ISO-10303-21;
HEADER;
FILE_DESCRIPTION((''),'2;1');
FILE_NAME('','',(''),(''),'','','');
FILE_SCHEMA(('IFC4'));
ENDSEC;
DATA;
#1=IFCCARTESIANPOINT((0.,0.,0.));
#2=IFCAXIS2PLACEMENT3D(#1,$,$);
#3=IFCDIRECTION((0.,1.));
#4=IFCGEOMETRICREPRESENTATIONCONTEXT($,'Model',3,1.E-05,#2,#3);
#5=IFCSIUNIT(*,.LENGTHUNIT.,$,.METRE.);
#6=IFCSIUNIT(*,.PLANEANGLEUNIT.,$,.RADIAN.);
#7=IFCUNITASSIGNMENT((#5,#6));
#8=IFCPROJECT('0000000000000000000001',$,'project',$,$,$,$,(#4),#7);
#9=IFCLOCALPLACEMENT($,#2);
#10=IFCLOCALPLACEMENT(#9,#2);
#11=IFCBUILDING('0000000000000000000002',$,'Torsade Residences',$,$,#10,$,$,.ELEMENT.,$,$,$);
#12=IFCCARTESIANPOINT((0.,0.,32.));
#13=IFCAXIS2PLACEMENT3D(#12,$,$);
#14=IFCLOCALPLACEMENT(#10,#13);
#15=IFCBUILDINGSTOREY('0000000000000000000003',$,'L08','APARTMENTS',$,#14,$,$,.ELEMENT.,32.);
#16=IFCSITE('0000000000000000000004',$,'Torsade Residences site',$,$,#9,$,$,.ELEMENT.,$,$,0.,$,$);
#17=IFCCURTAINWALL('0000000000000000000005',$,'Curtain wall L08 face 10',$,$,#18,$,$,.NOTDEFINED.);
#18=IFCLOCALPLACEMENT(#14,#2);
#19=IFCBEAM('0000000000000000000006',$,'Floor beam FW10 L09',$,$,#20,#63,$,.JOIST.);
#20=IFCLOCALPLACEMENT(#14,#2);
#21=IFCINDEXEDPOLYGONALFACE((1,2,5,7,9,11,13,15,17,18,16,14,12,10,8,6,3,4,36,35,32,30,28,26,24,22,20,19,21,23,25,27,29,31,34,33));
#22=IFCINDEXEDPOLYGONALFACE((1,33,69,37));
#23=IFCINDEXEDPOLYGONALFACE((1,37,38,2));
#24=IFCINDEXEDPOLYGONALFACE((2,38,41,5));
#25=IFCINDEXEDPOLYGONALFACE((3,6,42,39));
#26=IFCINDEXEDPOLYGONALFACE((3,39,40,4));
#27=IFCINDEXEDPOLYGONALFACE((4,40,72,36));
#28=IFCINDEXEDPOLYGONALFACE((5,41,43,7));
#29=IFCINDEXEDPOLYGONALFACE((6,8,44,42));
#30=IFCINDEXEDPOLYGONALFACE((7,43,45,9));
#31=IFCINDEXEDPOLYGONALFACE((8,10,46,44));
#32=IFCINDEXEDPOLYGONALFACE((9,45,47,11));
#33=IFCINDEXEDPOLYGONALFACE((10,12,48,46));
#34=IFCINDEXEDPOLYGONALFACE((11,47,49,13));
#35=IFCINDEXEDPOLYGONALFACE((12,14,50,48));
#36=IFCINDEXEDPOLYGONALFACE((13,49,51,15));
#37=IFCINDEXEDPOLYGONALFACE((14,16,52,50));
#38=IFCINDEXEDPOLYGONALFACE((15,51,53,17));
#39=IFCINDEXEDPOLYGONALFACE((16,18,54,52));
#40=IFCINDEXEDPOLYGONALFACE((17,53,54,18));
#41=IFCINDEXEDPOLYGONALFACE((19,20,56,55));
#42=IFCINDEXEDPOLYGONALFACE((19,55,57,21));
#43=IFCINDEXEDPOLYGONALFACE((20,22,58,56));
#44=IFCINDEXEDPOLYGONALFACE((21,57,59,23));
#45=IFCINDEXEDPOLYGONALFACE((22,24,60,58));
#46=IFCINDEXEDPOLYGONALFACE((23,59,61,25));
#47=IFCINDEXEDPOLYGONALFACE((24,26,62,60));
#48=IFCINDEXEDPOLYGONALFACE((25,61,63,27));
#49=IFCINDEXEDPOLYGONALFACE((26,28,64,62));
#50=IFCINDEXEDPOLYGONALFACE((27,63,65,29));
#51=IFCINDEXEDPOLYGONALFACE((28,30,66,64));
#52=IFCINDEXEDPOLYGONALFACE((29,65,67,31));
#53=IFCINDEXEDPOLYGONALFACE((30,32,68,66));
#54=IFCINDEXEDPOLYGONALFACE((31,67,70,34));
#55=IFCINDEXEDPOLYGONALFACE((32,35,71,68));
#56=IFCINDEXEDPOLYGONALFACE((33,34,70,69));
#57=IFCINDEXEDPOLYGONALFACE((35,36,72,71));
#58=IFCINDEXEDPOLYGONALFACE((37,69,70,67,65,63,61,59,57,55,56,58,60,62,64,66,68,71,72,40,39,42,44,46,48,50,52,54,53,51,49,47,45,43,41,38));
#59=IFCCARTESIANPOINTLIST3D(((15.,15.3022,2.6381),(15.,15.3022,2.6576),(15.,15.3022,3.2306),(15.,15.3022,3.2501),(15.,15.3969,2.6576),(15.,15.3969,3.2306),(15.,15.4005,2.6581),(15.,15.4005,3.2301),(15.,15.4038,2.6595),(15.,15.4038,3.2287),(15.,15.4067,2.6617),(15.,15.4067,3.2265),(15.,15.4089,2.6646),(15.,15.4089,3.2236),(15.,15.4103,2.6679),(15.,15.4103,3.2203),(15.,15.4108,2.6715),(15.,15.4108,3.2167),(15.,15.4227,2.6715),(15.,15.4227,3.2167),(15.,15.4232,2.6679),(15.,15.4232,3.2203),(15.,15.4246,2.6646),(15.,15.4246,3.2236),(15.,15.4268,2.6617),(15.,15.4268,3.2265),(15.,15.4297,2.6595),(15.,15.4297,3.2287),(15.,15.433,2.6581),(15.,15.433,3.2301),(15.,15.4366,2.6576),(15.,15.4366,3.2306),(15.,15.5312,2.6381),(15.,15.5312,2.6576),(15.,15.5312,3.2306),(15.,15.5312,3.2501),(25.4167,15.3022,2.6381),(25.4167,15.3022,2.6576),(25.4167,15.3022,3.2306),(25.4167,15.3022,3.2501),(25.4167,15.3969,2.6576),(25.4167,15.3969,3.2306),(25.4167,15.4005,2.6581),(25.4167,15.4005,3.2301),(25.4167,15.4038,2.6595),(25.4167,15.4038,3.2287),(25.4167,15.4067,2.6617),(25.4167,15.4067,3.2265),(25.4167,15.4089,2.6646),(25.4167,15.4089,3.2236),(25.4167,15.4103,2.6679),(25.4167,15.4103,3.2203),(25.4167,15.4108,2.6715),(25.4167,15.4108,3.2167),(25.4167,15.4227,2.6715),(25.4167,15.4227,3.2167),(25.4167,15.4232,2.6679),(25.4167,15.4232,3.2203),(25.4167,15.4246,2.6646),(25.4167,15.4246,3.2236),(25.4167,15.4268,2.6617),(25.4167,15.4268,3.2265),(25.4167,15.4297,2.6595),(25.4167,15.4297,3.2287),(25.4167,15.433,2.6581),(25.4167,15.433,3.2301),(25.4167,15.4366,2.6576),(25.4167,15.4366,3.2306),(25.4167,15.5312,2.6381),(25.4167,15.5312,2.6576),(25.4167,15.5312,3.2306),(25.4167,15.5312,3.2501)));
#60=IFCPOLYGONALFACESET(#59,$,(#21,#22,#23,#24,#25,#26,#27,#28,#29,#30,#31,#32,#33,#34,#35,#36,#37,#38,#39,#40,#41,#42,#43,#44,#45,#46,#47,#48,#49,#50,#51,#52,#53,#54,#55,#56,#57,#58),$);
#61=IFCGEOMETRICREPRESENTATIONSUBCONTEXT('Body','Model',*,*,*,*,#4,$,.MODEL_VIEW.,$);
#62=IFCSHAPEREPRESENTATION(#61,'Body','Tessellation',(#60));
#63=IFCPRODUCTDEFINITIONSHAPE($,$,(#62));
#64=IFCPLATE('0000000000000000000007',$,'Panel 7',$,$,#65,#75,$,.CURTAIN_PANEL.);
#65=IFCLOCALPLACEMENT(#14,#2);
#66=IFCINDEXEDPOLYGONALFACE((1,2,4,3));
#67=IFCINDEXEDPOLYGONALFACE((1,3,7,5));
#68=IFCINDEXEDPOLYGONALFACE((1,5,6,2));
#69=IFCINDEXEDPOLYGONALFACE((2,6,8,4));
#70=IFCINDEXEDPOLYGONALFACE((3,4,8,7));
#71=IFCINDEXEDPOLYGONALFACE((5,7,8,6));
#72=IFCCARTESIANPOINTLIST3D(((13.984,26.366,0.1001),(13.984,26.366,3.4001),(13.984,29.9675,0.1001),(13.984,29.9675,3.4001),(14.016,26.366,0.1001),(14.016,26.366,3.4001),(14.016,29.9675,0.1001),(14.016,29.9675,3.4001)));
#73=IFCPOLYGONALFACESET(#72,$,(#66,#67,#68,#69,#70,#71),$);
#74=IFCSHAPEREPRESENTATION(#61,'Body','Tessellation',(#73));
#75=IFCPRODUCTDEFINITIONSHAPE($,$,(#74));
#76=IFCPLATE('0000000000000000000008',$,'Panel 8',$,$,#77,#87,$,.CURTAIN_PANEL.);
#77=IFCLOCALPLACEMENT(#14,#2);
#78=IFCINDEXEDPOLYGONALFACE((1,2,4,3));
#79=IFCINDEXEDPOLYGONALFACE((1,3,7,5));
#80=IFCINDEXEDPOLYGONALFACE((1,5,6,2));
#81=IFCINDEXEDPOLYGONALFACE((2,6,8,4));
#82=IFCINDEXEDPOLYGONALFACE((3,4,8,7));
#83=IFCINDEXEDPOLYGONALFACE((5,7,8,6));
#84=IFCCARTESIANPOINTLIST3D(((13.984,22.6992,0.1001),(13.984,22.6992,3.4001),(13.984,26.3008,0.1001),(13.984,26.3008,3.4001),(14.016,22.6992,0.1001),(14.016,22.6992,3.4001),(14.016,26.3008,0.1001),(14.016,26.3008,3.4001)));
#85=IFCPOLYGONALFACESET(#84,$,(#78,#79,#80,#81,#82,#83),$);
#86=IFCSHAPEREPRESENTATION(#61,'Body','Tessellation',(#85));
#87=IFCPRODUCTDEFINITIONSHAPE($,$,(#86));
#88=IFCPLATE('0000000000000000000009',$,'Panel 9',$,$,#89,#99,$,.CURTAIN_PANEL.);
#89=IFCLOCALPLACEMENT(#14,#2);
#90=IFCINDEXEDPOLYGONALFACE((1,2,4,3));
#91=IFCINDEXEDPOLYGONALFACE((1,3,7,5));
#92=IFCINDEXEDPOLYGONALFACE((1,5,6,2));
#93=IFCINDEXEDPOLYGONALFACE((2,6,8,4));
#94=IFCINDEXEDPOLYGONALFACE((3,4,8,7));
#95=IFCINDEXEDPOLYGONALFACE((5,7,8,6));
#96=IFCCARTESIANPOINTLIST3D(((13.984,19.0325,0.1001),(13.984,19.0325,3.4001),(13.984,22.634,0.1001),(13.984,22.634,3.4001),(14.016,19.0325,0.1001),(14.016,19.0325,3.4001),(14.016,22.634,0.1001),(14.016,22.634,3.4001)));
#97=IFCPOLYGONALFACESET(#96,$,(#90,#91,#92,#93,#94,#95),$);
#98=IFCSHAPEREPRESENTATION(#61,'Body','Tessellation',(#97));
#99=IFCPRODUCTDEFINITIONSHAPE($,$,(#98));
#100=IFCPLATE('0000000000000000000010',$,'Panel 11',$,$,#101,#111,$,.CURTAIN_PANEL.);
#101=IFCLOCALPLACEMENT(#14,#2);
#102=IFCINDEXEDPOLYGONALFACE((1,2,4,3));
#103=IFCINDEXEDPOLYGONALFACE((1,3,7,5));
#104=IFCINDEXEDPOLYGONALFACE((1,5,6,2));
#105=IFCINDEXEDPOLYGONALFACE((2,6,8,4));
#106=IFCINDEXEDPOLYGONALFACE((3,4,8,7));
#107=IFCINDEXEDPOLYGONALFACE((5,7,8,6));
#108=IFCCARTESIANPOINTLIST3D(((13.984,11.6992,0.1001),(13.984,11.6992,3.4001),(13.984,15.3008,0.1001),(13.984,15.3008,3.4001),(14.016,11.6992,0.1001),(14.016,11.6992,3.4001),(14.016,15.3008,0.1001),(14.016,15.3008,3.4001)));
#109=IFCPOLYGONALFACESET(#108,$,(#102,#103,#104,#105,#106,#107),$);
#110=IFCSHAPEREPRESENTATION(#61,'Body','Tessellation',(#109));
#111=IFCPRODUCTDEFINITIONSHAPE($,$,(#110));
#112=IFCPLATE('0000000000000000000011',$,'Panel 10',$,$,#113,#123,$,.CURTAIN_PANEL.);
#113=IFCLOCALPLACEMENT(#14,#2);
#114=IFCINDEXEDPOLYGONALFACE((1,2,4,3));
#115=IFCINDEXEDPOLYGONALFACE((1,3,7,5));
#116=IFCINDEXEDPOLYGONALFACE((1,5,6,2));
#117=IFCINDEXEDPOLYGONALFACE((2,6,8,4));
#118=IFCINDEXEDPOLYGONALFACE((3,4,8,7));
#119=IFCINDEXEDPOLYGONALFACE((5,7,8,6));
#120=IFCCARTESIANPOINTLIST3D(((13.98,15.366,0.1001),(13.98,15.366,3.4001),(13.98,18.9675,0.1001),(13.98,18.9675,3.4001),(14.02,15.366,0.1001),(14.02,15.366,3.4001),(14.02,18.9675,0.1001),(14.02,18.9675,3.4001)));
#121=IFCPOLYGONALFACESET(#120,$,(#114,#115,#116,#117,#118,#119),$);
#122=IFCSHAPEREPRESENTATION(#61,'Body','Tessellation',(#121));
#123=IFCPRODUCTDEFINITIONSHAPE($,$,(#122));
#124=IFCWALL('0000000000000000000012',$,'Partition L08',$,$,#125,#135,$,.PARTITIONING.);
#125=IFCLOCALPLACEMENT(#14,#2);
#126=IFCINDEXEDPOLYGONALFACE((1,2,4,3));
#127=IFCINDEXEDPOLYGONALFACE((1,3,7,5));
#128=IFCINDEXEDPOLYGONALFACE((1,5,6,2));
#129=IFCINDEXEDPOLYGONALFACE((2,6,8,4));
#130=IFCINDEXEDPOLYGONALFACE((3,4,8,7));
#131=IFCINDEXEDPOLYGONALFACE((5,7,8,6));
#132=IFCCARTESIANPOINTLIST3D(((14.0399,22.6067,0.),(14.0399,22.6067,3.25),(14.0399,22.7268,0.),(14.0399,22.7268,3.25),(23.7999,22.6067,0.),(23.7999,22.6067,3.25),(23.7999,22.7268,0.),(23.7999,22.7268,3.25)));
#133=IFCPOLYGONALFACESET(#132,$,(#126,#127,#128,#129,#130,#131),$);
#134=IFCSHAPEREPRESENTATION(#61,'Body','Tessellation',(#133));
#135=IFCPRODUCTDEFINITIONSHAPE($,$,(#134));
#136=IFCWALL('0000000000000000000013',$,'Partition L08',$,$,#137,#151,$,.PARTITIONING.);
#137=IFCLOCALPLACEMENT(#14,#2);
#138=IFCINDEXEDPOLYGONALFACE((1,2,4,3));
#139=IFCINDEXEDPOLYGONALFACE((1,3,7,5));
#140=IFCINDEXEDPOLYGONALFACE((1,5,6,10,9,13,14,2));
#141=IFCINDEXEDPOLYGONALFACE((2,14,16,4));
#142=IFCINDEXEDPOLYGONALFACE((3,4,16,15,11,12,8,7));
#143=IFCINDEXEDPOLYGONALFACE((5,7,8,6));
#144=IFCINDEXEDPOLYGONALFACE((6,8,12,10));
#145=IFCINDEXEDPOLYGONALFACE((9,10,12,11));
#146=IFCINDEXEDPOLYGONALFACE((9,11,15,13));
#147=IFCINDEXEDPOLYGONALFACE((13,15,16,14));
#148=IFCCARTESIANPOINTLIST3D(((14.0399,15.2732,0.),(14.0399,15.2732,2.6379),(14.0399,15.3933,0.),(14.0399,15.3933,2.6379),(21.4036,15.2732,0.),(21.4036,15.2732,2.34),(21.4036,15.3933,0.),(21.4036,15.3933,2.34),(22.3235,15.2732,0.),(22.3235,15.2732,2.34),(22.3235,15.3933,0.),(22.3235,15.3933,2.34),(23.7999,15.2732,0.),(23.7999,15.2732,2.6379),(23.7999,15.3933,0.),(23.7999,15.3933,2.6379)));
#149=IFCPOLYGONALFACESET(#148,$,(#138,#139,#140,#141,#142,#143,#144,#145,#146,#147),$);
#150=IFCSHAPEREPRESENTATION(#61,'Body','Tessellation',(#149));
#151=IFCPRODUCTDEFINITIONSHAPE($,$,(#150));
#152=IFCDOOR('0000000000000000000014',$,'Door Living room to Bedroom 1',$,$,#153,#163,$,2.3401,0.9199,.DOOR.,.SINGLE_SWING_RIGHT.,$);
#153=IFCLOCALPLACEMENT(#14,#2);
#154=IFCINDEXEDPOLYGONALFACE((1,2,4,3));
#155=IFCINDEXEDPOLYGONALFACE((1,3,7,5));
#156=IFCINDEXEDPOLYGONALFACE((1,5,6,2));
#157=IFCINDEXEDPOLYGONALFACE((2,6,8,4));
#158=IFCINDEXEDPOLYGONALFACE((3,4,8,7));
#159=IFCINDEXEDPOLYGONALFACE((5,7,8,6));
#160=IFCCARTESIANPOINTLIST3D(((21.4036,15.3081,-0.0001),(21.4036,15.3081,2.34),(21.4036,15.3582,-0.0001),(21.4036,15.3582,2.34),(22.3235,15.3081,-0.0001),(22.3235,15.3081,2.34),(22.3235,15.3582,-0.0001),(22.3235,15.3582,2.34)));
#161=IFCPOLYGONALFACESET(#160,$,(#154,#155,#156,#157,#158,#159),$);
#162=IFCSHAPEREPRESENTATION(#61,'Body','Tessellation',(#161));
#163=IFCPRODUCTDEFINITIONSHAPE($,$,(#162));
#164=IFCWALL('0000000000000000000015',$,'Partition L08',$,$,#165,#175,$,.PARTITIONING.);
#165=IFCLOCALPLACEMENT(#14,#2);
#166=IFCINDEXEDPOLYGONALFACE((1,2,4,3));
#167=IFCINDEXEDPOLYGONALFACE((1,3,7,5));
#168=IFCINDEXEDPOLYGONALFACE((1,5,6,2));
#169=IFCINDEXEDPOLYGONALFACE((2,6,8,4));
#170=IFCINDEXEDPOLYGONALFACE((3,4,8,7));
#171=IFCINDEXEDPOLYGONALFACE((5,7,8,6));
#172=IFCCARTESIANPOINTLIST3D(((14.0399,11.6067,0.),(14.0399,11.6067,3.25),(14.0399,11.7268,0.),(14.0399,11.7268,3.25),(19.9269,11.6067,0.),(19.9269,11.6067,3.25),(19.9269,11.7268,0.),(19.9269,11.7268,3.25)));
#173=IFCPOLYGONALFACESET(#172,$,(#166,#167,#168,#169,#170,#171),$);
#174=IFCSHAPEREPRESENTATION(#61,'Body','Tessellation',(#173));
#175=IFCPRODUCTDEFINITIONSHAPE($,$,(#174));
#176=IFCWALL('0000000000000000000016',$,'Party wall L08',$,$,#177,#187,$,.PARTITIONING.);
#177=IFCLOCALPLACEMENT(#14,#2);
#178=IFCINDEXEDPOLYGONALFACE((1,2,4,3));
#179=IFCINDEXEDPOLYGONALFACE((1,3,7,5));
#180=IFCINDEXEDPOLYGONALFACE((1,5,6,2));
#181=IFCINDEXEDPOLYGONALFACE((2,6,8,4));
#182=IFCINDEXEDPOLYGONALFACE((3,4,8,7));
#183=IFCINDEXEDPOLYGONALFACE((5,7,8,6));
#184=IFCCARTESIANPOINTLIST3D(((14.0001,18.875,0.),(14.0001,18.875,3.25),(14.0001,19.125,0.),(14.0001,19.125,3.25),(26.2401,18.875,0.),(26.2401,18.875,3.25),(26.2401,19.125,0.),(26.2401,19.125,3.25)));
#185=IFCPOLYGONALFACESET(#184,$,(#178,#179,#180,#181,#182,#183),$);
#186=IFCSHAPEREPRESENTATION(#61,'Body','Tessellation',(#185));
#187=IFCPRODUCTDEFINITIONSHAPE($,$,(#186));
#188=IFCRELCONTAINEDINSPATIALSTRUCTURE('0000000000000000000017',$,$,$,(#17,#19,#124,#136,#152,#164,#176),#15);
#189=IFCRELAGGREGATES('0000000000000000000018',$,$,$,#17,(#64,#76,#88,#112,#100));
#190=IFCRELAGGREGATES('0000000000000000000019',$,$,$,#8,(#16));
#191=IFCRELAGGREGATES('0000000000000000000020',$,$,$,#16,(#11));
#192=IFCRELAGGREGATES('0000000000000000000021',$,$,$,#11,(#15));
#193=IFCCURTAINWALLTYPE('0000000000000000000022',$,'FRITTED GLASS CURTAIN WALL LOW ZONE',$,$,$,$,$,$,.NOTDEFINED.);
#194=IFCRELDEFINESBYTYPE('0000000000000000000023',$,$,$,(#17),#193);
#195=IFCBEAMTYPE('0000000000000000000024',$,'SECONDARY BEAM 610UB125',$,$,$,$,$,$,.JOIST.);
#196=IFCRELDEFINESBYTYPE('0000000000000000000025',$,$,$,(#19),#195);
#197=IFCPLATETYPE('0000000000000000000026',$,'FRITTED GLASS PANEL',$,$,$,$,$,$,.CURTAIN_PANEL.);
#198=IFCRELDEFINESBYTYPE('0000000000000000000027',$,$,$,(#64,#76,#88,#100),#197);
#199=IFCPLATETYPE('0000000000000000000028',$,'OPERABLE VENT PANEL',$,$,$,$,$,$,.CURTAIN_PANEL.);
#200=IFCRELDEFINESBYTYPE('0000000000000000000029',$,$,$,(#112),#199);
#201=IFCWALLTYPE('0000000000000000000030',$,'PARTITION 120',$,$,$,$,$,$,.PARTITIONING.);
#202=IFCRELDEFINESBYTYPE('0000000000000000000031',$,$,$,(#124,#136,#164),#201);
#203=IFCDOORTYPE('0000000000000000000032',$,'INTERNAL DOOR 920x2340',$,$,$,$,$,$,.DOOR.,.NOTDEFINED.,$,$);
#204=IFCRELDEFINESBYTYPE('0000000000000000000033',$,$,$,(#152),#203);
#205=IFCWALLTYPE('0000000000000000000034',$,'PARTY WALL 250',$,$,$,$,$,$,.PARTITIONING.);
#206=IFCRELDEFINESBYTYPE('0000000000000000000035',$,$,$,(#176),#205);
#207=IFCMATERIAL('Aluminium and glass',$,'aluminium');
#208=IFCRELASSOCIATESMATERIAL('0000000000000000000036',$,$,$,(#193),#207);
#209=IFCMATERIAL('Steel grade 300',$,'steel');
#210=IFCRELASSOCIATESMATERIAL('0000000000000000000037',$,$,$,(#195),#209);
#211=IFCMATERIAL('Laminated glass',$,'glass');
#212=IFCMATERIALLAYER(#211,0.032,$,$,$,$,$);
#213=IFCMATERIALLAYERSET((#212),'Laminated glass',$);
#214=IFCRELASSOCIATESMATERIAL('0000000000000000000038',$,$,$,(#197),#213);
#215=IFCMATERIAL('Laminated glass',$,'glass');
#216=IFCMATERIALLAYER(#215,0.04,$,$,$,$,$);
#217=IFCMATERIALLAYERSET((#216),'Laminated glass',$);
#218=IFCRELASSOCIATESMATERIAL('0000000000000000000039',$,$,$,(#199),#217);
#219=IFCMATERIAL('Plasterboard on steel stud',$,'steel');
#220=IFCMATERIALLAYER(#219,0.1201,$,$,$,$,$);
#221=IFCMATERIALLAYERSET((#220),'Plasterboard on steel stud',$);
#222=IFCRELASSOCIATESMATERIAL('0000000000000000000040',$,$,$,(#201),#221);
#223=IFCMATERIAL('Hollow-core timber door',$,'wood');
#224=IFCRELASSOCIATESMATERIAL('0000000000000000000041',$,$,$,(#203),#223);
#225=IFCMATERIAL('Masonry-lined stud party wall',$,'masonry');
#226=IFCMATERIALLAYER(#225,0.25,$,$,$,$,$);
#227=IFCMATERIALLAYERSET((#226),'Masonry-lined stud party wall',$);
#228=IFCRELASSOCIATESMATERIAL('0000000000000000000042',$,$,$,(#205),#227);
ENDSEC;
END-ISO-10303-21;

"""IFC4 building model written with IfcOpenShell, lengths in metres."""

from ifc_helpers import new_model, si_unit, direction, frame, frame_2d, origin, origin_2d, place, context, subcontext, project, spatial, rectangle, i_section, extrude, material, layer, layer_set, material_profile, profile_set, type_object, element, fill, aggregate, save


model = new_model("IFC4")

# Units and contexts
model_context = context("Model", 3, precision=1e-05, world=origin(), true_north=direction((0.0, 1.0)))
body_context = subcontext(model_context, "Body", "Model", "MODEL_VIEW")
ifc_project = project(units=[si_unit("LENGTHUNIT", "METRE"), si_unit("PLANEANGLEUNIT", "RADIAN")], contexts=[model_context])

# Site, building, storey
site_placement = place(None, origin())
site = spatial("IfcSite", under=ifc_project, at=site_placement, Name="Torsade Residences site", CompositionType="ELEMENT", RefElevation=0.0)
building_placement = place(site_placement, origin())
building = spatial("IfcBuilding", under=site, at=building_placement, Name="Torsade Residences", CompositionType="ELEMENT")
storey_placement = place(building_placement, frame((0.0, 0.0, 32.0)))
storey = spatial("IfcBuildingStorey", under=building, at=storey_placement, Name="L08", Description="APARTMENTS", CompositionType="ELEMENT", Elevation=32.0)

# Curtain wall
ifc_material_1 = material(Name="Aluminium and glass", Category="aluminium")
curtain_wall_type = type_object("IfcCurtainWallType", Name="FRITTED GLASS CURTAIN WALL LOW ZONE", PredefinedType="NOTDEFINED", material=ifc_material_1)
curtain_wall_placement = place(storey_placement, origin())
curtain_wall = element("IfcCurtainWall", 1, at=curtain_wall_placement, inside=storey, type_object=curtain_wall_type, Name="Curtain wall L08 face 10", PredefinedType="NOTDEFINED")

# Beam
ifc_material_2 = material(Name="Steel grade 300", Category="steel")
ifc_material_profile_1 = material_profile(ifc_material_2, i_section(OverallWidth=0.229, OverallDepth=0.6121, WebThickness=0.012, FlangeThickness=0.0195, FilletRadius=0.0139, at=origin_2d()), Name="610UB125")
ifc_profile_set_1 = profile_set([ifc_material_profile_1], Name="Steel grade 300")
beam_type_1 = type_object("IfcBeamType", Name="SECONDARY BEAM 610UB125", PredefinedType="JOIST", material=ifc_profile_set_1)
beam_1_placement = place(storey_placement, frame((15.0, 15.4167, 2.9441), z_axis=(1.0, 0.0, 0.0), x_axis=(0.0, 1.0, 0.0)))
element("IfcBeam", 2, at=beam_1_placement, inside=storey, type_object=beam_type_1, Name="Floor beam FW10 L09", PredefinedType="JOIST", context=body_context, shape_type="SweptSolid", body=[
    extrude(i_section(OverallWidth=0.229, OverallDepth=0.6121, WebThickness=0.012, FlangeThickness=0.0195, FilletRadius=0.0139, at=origin_2d()), origin(), (0.0, 0.0, 1.0), 10.4167),
])

# Plates
ifc_material_3 = material(Name="Laminated glass", Category="glass")
ifc_layer_1 = layer(ifc_material_3, 0.032)
ifc_layer_set_1 = layer_set([ifc_layer_1], Name="Laminated glass")
plate_type_1 = type_object("IfcPlateType", Name="FRITTED GLASS PANEL", PredefinedType="CURTAIN_PANEL", material=ifc_layer_set_1)
plate_1_placement = place(storey_placement, frame((14.0, 28.1667, 0.1001), z_axis=(0.0, 0.0, 1.0), x_axis=(0.0, -1.0, 0.0)))
plate_1 = element("IfcPlate", 3, at=plate_1_placement, type_object=plate_type_1, Name="Panel 7", PredefinedType="CURTAIN_PANEL", context=body_context, shape_type="SweptSolid", body=[
    extrude(rectangle(XDim=3.6016, YDim=0.032, at=origin_2d()), origin(), (0.0, 0.0, 1.0), 3.3),
])
plate_2_placement = place(storey_placement, frame((14.0, 24.5, 0.1001), z_axis=(0.0, 0.0, 1.0), x_axis=(0.0, -1.0, 0.0)))
plate_2 = element("IfcPlate", 4, at=plate_2_placement, type_object=plate_type_1, Name="Panel 8", PredefinedType="CURTAIN_PANEL", context=body_context, shape_type="SweptSolid", body=[
    extrude(rectangle(XDim=3.6016, YDim=0.032, at=origin_2d()), origin(), (0.0, 0.0, 1.0), 3.3),
])
plate_3_placement = place(storey_placement, frame((14.0, 20.8333, 0.1001), z_axis=(0.0, 0.0, 1.0), x_axis=(0.0, -1.0, 0.0)))
plate_3 = element("IfcPlate", 5, at=plate_3_placement, type_object=plate_type_1, Name="Panel 9", PredefinedType="CURTAIN_PANEL", context=body_context, shape_type="SweptSolid", body=[
    extrude(rectangle(XDim=3.6016, YDim=0.032, at=origin_2d()), origin(), (0.0, 0.0, 1.0), 3.3),
])
plate_4_placement = place(storey_placement, frame((14.0, 13.5, 0.1001), z_axis=(0.0, 0.0, 1.0), x_axis=(0.0, -1.0, 0.0)))
plate_4 = element("IfcPlate", 6, at=plate_4_placement, type_object=plate_type_1, Name="Panel 11", PredefinedType="CURTAIN_PANEL", context=body_context, shape_type="SweptSolid", body=[
    extrude(rectangle(XDim=3.6016, YDim=0.032, at=origin_2d()), origin(), (0.0, 0.0, 1.0), 3.3),
])
ifc_material_4 = material(Name="Laminated glass", Category="glass")
ifc_layer_2 = layer(ifc_material_4, 0.04)
ifc_layer_set_2 = layer_set([ifc_layer_2], Name="Laminated glass")
plate_type_2 = type_object("IfcPlateType", Name="OPERABLE VENT PANEL", PredefinedType="CURTAIN_PANEL", material=ifc_layer_set_2)
plate_5_placement = place(storey_placement, frame((14.0, 17.1667, 0.1001), z_axis=(0.0, 0.0, 1.0), x_axis=(0.0, -1.0, 0.0)))
plate_5 = element("IfcPlate", 7, at=plate_5_placement, type_object=plate_type_2, Name="Panel 10", PredefinedType="CURTAIN_PANEL", context=body_context, shape_type="SweptSolid", body=[
    extrude(rectangle(XDim=3.6016, YDim=0.04, at=origin_2d()), origin(), (0.0, 0.0, 1.0), 3.3),
])
aggregate(curtain_wall, [plate_1, plate_2, plate_3, plate_5, plate_4])

# Wall
ifc_material_5 = material(Name="Plasterboard on steel stud", Category="steel")
ifc_layer_3 = layer(ifc_material_5, 0.1201)
ifc_layer_set_3 = layer_set([ifc_layer_3], Name="Plasterboard on steel stud")
wall_type_1 = type_object("IfcWallType", Name="PARTITION 120", PredefinedType="PARTITIONING", material=ifc_layer_set_3)
wall_1_placement = place(storey_placement, frame((14.04, 22.6667, 0.0), z_axis=(0.0, 0.0, 1.0), x_axis=(1.0, 0.0, 0.0)))
element("IfcWall", 8, at=wall_1_placement, inside=storey, type_object=wall_type_1, Name="Partition L08", PredefinedType="PARTITIONING", context=body_context, shape_type="SweptSolid", body=[
    extrude(rectangle(XDim=9.76, YDim=0.1201, at=frame_2d((4.8799, 0.0))), origin(), (0.0, 0.0, 1.0), 3.25),
])

# Wall, opening, door
wall_2_placement = place(storey_placement, frame((14.04, 15.3333, 0.0), z_axis=(0.0, 0.0, 1.0), x_axis=(1.0, 0.0, 0.0)))
wall_2 = element("IfcWall", 9, at=wall_2_placement, inside=storey, type_object=wall_type_1, Name="Partition L08", PredefinedType="PARTITIONING", context=body_context, shape_type="SweptSolid", body=[
    extrude(rectangle(XDim=9.76, YDim=0.1201, at=frame_2d((4.8799, 0.0))), origin(), (0.0, 0.0, 1.0), 2.6379),
])
opening_placement = place(wall_2_placement, frame((7.3635, 0.0, 0.0)))
opening = element("IfcOpeningElement", 10, at=opening_placement, cuts=wall_2, PredefinedType="OPENING", context=body_context, shape_type="SweptSolid", body=[
    extrude(rectangle(XDim=0.9199, YDim=2.3401, at=frame_2d((0.46, 1.1699))), frame((0.0, 0.0701, 0.0), z_axis=(0.0, -1.0, 0.0), x_axis=(1.0, 0.0, 0.0)), (0.0, 0.0, 1.0), 0.1401),
])
ifc_material_6 = material(Name="Hollow-core timber door", Category="wood")
door_type = type_object("IfcDoorType", Name="INTERNAL DOOR 920x2340", OperationType="NOTDEFINED", PredefinedType="DOOR", material=ifc_material_6)
door_placement = place(opening_placement, origin())
door = element("IfcDoor", 11, at=door_placement, inside=storey, type_object=door_type, Name="Door Living room to Bedroom 1", OperationType="SINGLE_SWING_RIGHT", OverallHeight=2.3401, OverallWidth=0.9199, PredefinedType="DOOR", context=body_context, shape_type="SweptSolid", body=[
    extrude(rectangle(XDim=0.9199, YDim=2.3401, at=frame_2d((0.46, 1.1699))), frame((0.0, 0.0249, 0.0), z_axis=(0.0, -1.0, 0.0), x_axis=(1.0, 0.0, 0.0)), (0.0, 0.0, 1.0), 0.05),
])
fill(opening, door)

# Walls
wall_3_placement = place(storey_placement, frame((14.04, 11.6667, 0.0), z_axis=(0.0, 0.0, 1.0), x_axis=(1.0, 0.0, 0.0)))
element("IfcWall", 12, at=wall_3_placement, inside=storey, type_object=wall_type_1, Name="Partition L08", PredefinedType="PARTITIONING", context=body_context, shape_type="SweptSolid", body=[
    extrude(rectangle(XDim=5.887, YDim=0.1201, at=frame_2d((2.9434, 0.0))), origin(), (0.0, 0.0, 1.0), 3.25),
])
ifc_material_7 = material(Name="Masonry-lined stud party wall", Category="masonry")
ifc_layer_4 = layer(ifc_material_7, 0.25)
ifc_layer_set_4 = layer_set([ifc_layer_4], Name="Masonry-lined stud party wall")
wall_type_2 = type_object("IfcWallType", Name="PARTY WALL 250", PredefinedType="PARTITIONING", material=ifc_layer_set_4)
wall_4_placement = place(storey_placement, frame((14.0, 19.0, 0.0), z_axis=(0.0, 0.0, 1.0), x_axis=(1.0, 0.0, 0.0)))
element("IfcWall", 13, at=wall_4_placement, inside=storey, type_object=wall_type_2, Name="Party wall L08", PredefinedType="PARTITIONING", context=body_context, shape_type="SweptSolid", body=[
    extrude(rectangle(XDim=12.24, YDim=0.25, at=frame_2d((6.1201, 0.0))), origin(), (0.0, 0.0, 1.0), 3.25),
])

save(model, "model.ifc")
